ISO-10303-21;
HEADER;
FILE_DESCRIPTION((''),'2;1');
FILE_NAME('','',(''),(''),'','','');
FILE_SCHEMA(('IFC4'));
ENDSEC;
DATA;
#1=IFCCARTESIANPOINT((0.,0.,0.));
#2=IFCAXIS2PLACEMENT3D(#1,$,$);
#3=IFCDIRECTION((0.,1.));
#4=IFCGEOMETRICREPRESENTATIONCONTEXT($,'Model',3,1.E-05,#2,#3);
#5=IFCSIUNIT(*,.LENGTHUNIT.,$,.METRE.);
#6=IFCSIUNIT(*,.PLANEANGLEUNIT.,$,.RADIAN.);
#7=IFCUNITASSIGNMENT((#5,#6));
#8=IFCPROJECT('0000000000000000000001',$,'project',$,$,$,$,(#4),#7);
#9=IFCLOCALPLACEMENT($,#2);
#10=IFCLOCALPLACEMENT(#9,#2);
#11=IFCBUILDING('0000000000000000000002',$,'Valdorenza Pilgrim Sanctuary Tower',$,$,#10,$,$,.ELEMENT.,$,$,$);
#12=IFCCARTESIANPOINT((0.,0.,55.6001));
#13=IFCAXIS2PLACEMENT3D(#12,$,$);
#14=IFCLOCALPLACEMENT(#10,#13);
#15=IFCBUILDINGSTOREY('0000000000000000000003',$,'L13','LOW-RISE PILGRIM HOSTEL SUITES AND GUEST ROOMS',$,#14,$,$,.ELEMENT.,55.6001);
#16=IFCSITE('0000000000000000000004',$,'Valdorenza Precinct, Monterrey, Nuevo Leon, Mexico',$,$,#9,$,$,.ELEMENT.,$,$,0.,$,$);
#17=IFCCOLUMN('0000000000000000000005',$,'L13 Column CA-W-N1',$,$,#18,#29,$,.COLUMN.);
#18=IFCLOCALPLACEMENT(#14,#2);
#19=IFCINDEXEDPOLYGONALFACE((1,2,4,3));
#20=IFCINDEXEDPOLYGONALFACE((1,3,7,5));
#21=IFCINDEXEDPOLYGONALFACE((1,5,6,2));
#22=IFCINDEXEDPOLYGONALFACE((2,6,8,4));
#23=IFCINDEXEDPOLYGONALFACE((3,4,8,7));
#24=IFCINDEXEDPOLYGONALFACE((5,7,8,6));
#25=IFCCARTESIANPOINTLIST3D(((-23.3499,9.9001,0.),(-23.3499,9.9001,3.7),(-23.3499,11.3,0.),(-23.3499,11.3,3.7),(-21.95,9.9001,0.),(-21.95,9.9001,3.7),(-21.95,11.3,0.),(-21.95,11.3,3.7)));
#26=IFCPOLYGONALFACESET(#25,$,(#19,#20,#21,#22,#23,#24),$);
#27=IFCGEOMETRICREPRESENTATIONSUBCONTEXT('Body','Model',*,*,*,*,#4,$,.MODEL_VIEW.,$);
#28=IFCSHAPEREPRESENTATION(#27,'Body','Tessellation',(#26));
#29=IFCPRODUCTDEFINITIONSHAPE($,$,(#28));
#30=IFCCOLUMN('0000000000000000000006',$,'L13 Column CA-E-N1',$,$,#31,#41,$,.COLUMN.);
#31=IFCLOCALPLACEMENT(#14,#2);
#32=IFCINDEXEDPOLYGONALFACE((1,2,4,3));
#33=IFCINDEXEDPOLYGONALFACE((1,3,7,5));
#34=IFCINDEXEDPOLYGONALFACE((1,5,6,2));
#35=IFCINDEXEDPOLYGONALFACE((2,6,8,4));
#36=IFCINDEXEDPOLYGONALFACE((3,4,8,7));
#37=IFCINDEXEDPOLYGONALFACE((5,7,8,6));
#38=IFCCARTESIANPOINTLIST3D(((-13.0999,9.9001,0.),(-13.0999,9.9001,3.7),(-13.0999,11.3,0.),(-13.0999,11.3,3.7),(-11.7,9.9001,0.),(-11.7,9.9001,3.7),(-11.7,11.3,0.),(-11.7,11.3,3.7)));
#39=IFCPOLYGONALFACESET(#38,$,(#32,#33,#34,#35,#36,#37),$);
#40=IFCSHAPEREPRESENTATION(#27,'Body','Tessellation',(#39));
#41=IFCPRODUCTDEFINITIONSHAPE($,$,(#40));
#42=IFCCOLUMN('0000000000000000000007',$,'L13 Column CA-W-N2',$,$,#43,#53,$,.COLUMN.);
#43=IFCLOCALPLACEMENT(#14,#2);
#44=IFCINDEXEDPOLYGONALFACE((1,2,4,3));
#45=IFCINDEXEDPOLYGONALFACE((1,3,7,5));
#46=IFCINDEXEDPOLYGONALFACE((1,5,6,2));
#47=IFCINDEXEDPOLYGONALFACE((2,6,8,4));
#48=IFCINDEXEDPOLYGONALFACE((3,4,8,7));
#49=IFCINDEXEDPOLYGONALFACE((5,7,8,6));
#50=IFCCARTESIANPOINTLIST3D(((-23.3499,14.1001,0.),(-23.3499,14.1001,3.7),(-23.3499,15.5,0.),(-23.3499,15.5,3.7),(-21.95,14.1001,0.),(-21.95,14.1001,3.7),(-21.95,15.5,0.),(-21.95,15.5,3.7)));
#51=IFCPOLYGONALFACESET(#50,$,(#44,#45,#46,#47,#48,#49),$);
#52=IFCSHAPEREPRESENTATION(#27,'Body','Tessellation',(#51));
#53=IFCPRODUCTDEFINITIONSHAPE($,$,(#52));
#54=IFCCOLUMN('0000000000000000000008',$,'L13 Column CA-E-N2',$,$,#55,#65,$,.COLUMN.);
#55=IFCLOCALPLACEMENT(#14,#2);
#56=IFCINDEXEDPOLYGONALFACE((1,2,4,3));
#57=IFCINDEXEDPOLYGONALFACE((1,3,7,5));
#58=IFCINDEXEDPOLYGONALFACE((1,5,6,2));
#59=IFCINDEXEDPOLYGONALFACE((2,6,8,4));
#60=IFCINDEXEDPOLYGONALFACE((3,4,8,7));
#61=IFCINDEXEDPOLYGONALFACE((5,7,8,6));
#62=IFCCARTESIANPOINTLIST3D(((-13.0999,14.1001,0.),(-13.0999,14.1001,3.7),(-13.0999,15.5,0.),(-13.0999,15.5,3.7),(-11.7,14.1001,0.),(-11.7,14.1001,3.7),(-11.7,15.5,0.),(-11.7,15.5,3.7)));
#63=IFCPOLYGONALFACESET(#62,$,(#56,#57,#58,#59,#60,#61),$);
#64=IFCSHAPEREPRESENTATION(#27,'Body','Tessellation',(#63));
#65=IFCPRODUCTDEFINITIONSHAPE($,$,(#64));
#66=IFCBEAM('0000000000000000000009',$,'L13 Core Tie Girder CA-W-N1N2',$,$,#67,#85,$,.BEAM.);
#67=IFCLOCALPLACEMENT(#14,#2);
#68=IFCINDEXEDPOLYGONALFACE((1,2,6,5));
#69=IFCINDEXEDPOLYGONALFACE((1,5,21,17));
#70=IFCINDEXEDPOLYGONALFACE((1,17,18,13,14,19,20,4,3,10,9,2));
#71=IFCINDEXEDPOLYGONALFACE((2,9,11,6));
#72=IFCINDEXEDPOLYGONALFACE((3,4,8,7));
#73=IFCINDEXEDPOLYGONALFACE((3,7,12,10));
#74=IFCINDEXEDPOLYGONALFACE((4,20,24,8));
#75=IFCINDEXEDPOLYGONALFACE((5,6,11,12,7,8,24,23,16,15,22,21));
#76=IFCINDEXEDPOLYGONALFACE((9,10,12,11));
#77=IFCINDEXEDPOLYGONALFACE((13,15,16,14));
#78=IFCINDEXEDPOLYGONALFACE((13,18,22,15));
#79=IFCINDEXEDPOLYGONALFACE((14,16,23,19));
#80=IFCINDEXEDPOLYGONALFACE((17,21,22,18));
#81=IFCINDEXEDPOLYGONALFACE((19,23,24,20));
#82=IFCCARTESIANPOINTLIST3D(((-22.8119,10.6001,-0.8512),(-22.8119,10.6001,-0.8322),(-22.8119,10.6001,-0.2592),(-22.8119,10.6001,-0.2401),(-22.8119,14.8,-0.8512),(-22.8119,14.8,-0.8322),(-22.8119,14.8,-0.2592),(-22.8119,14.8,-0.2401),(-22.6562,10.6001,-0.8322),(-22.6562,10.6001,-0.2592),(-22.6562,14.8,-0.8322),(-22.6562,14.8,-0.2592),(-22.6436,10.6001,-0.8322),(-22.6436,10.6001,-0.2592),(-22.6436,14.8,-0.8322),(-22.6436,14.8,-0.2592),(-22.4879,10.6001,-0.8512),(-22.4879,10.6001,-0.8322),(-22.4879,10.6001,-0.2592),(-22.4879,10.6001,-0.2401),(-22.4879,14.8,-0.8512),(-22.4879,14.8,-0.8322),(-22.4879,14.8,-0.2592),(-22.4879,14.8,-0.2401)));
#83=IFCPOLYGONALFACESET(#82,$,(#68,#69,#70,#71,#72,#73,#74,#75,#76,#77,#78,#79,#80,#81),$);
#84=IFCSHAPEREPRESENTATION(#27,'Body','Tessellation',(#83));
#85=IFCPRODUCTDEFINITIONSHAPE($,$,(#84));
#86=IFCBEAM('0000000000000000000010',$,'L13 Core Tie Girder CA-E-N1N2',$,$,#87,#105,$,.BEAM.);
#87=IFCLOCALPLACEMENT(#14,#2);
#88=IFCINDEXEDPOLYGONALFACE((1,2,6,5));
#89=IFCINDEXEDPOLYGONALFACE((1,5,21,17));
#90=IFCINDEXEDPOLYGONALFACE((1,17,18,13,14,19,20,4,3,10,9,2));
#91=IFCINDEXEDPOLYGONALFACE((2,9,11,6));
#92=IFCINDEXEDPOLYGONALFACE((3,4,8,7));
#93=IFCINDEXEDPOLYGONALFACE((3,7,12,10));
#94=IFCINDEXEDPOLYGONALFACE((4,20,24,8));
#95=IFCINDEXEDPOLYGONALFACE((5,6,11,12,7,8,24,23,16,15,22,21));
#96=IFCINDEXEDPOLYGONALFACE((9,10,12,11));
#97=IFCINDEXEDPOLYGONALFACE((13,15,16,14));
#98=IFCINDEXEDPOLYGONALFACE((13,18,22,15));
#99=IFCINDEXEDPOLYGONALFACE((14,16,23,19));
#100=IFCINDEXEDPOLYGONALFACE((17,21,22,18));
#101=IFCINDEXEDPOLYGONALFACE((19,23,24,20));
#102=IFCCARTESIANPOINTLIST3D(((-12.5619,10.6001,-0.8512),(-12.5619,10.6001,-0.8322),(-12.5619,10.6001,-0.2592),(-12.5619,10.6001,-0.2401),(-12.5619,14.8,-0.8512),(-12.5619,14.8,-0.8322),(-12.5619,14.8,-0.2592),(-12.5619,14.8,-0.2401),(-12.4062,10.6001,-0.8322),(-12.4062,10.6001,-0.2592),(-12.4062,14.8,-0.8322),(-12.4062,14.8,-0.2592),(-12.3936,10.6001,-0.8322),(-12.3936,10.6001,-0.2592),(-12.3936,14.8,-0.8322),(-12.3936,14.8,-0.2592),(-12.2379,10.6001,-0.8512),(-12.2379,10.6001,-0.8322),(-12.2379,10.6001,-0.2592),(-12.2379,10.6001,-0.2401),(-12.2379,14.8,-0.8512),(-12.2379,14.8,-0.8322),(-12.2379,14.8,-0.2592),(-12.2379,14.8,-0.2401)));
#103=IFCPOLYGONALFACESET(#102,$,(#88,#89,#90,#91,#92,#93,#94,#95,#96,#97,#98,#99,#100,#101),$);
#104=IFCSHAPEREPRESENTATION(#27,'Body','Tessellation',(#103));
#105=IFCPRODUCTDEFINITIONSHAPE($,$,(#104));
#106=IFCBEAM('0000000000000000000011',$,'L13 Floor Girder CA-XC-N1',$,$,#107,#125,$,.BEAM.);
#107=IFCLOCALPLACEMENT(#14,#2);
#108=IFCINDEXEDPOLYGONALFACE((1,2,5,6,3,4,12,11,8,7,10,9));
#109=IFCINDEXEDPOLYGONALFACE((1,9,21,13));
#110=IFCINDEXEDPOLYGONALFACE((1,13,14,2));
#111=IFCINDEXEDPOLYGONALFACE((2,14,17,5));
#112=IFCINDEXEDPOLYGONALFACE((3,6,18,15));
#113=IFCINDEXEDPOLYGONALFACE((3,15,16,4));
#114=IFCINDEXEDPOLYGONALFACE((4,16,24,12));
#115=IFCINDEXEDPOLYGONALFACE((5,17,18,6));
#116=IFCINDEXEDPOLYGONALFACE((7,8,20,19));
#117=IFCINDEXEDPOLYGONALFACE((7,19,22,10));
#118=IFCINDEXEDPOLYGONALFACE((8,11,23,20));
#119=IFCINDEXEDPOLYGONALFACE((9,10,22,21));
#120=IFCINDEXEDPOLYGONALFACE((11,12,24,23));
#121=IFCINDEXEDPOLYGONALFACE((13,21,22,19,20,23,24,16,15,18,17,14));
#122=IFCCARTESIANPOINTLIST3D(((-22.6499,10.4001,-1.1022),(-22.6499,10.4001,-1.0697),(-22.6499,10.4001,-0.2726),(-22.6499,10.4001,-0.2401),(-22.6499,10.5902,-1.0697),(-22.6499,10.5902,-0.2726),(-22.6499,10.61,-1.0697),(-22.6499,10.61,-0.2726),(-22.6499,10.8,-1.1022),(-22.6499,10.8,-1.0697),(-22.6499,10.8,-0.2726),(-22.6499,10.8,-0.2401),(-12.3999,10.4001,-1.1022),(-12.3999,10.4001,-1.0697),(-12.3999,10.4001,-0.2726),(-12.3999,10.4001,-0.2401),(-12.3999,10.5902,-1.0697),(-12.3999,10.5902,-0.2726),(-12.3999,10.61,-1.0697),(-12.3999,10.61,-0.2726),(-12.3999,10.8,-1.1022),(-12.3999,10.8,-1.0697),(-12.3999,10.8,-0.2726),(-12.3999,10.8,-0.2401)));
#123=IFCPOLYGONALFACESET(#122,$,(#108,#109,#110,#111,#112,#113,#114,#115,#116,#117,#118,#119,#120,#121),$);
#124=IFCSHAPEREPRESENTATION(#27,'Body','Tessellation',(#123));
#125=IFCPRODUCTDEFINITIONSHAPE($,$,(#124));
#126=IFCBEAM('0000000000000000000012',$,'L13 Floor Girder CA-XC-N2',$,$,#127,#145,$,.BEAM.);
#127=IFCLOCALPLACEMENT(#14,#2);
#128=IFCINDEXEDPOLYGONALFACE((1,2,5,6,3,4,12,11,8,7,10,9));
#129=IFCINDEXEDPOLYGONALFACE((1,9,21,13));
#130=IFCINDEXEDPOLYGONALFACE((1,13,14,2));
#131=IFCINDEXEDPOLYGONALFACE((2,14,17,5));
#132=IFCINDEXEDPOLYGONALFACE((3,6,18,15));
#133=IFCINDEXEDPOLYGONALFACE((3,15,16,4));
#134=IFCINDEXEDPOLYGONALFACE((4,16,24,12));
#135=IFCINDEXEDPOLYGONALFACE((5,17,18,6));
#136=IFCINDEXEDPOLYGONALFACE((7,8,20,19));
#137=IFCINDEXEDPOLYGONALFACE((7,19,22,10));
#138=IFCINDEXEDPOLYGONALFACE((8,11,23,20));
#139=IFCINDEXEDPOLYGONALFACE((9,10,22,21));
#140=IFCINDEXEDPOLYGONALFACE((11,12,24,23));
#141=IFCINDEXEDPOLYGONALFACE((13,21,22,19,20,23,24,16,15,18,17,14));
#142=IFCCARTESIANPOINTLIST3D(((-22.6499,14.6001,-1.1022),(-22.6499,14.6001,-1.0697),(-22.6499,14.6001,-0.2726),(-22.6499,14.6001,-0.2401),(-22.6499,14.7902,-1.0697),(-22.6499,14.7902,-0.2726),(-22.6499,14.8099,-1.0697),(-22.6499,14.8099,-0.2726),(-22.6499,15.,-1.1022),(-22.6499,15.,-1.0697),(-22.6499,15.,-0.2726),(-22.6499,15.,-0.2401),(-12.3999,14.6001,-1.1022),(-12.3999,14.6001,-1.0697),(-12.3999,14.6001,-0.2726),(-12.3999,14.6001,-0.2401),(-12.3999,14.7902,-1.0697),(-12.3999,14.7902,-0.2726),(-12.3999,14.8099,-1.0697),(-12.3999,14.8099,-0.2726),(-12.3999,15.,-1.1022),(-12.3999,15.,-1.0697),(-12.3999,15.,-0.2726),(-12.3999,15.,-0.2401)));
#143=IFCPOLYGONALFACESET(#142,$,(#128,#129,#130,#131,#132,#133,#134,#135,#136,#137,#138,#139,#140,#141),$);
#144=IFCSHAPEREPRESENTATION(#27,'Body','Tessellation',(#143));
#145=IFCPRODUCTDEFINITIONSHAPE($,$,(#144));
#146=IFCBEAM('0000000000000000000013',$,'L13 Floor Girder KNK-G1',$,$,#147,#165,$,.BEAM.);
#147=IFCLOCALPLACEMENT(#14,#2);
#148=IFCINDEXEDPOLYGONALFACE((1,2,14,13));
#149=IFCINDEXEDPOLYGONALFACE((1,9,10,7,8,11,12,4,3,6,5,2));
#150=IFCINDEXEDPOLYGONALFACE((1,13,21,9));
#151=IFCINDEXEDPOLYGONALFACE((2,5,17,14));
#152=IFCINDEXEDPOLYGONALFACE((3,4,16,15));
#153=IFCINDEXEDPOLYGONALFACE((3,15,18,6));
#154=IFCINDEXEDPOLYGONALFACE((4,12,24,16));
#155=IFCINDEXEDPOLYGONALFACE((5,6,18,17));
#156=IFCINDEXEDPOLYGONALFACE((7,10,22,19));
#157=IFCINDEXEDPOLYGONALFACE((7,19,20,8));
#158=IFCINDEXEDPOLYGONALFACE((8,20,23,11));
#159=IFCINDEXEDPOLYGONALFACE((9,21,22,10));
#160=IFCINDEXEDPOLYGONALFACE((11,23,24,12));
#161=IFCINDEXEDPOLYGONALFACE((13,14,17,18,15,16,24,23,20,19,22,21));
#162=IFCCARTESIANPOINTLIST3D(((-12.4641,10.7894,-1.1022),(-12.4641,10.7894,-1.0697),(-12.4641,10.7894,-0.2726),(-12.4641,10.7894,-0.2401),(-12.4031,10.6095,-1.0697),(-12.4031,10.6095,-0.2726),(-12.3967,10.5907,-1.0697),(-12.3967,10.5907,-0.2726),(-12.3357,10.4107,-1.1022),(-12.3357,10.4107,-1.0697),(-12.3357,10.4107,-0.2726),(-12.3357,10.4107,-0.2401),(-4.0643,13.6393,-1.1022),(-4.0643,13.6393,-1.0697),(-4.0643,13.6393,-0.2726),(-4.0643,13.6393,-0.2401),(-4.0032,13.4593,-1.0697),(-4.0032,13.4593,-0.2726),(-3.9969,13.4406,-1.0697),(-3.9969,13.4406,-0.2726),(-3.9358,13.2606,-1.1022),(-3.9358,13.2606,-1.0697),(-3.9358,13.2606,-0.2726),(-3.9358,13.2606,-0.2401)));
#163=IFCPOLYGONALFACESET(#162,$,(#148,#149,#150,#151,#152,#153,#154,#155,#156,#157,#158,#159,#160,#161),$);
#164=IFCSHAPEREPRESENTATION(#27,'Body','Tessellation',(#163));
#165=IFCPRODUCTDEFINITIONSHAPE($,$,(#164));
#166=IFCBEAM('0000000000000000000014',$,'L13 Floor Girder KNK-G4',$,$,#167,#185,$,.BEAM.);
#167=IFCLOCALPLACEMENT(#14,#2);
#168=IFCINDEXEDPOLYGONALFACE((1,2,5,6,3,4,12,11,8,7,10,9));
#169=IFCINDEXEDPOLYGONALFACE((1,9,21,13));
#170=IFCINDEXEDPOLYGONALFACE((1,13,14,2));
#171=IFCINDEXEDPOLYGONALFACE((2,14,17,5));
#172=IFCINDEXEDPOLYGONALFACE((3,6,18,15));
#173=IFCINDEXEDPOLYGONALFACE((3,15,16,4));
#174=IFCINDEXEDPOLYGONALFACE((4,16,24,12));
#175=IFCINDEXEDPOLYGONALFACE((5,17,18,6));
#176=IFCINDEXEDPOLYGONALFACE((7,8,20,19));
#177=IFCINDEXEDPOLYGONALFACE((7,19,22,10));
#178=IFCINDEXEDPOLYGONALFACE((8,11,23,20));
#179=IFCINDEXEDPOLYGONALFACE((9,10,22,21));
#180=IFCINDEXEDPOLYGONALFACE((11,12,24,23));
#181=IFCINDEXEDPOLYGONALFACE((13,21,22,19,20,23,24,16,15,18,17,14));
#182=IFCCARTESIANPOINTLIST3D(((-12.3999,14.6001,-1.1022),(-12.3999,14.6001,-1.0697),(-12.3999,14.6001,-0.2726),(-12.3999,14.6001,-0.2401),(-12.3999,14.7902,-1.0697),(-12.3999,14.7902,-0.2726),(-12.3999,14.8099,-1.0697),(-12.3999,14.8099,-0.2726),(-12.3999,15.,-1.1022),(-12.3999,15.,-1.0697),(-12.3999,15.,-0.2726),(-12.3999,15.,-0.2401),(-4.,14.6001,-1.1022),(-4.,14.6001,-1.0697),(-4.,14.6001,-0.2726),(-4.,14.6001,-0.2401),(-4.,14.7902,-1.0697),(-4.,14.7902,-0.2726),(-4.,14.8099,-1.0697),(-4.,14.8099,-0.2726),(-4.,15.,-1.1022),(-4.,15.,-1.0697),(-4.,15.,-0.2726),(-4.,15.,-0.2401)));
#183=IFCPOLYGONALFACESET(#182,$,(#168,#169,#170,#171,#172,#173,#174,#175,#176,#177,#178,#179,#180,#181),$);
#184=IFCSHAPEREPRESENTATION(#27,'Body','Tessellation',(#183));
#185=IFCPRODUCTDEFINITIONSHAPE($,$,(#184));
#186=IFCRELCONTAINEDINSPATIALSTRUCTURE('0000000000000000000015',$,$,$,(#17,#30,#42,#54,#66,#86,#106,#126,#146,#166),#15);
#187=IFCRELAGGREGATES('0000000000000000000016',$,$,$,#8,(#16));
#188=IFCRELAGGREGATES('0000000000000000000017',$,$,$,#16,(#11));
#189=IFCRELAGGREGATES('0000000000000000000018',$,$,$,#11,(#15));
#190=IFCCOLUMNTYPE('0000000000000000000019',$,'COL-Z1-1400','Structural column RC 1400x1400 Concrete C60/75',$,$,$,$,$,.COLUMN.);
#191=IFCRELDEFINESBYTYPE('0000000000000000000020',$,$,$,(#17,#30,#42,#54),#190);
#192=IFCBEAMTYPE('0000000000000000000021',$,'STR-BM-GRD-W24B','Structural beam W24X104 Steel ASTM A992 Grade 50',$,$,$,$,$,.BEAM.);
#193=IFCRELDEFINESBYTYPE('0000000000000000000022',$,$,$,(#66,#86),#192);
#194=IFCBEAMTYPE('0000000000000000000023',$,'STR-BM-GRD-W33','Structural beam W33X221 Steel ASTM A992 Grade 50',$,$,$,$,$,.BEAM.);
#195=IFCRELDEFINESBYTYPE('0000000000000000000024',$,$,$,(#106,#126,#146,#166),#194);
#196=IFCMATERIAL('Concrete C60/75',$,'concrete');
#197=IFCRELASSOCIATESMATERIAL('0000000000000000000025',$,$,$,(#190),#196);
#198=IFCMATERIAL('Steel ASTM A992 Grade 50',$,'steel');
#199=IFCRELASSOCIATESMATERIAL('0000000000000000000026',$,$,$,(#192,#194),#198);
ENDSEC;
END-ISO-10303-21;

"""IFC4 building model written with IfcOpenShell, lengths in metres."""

from ifc_helpers import new_model, si_unit, direction, frame, origin, origin_2d, place, context, subcontext, project, spatial, rectangle, i_section, extrude, source, transform, mapped, material, material_profile, profile_set, type_object, element, save


model = new_model("IFC4")

# Units and contexts
model_context = context("Model", 3, precision=1e-05, world=origin(), true_north=direction((0.0, 1.0)))
body_context = subcontext(model_context, "Body", "Model", "MODEL_VIEW")
ifc_project = project(units=[si_unit("LENGTHUNIT", "METRE"), si_unit("PLANEANGLEUNIT", "RADIAN")], contexts=[model_context])

# Site, building, storey
site_placement = place(None, origin())
site = spatial("IfcSite", under=ifc_project, at=site_placement, Name="Valdorenza Precinct, Monterrey, Nuevo Leon, Mexico", CompositionType="ELEMENT", RefElevation=0.0)
building_placement = place(site_placement, origin())
building = spatial("IfcBuilding", under=site, at=building_placement, Name="Valdorenza Pilgrim Sanctuary Tower", CompositionType="ELEMENT")
storey_placement = place(building_placement, frame((0.0, 0.0, 55.6001)))
storey = spatial("IfcBuildingStorey", under=building, at=storey_placement, Name="L13", Description="LOW-RISE PILGRIM HOSTEL SUITES AND GUEST ROOMS", CompositionType="ELEMENT", Elevation=55.6001)

# Columns
ifc_material_1 = material(Name="Concrete C60/75", Category="concrete")
ifc_material_profile_1 = material_profile(ifc_material_1, rectangle(XDim=1.3999, YDim=1.3999, at=origin_2d()), Name="RC 1400x1400")
ifc_profile_set_1 = profile_set([ifc_material_profile_1], Name="Concrete C60/75")
column_type = type_object("IfcColumnType", Name="COL-Z1-1400", Description="Structural column RC 1400x1400 Concrete C60/75", PredefinedType="COLUMN", material=ifc_profile_set_1)
shared_shape_1 = source(origin(), body_context, "Body", "SweptSolid", [
    extrude(rectangle(XDim=1.3999, YDim=1.3999, at=origin_2d()), origin(), (0.0, 0.0, 1.0), 3.7),
])
for number, where, z_axis, x_axis, name in (
    (1, (-22.6499, 10.6001, 0.0), (0.0, 0.0, 1.0), (1.0, 0.0, 0.0), "L13 Column CA-W-N1"),
    (2, (-12.3999, 10.6001, 0.0), (0.0, 0.0, 1.0), (1.0, 0.0, 0.0), "L13 Column CA-E-N1"),
    (3, (-22.6499, 14.8, 0.0), (0.0, 0.0, 1.0), (1.0, 0.0, 0.0), "L13 Column CA-W-N2"),
    (4, (-12.3999, 14.8, 0.0), (0.0, 0.0, 1.0), (1.0, 0.0, 0.0), "L13 Column CA-E-N2"),
):
    element("IfcColumn", number, at=place(storey_placement, frame(where, z_axis=z_axis, x_axis=x_axis)), inside=storey, type_object=column_type, Name=name, PredefinedType="COLUMN", context=body_context, shape_type="MappedRepresentation", body=[
        mapped(shared_shape_1, transform((0.0, 0.0, 0.0), x_axis=(1.0, 0.0, 0.0), y_axis=(0.0, 1.0, 0.0), z_axis=(0.0, 0.0, 1.0), scale=1.0)),
    ])

# Beams
ifc_material_2 = material(Name="Steel ASTM A992 Grade 50", Category="steel")
ifc_material_profile_2 = material_profile(ifc_material_2, i_section(OverallWidth=0.324, OverallDepth=0.6111, WebThickness=0.0127, FlangeThickness=0.019, at=origin_2d()), Name="W24X104")
ifc_profile_set_2 = profile_set([ifc_material_profile_2], Name="Steel ASTM A992 Grade 50")
beam_type_1 = type_object("IfcBeamType", Name="STR-BM-GRD-W24B", Description="Structural beam W24X104 Steel ASTM A992 Grade 50", PredefinedType="BEAM", material=ifc_profile_set_2)
shared_shape_2 = source(origin(), body_context, "Body", "SweptSolid", [
    extrude(i_section(OverallWidth=0.324, OverallDepth=0.6111, WebThickness=0.0127, FlangeThickness=0.019, at=origin_2d()), origin(), (0.0, 0.0, 1.0), 4.2),
])
for number, where, z_axis, x_axis, name in (
    (5, (-22.6499, 10.6001, -0.5457), (0.0, 1.0, 0.0), (-1.0, 0.0, 0.0), "L13 Core Tie Girder CA-W-N1N2"),
    (6, (-12.3999, 10.6001, -0.5457), (0.0, 1.0, 0.0), (-1.0, 0.0, 0.0), "L13 Core Tie Girder CA-E-N1N2"),
):
    element("IfcBeam", number, at=place(storey_placement, frame(where, z_axis=z_axis, x_axis=x_axis)), inside=storey, type_object=beam_type_1, Name=name, PredefinedType="BEAM", context=body_context, shape_type="MappedRepresentation", body=[
        mapped(shared_shape_2, transform((0.0, 0.0, 0.0), x_axis=(1.0, 0.0, 0.0), y_axis=(0.0, 1.0, 0.0), z_axis=(0.0, 0.0, 1.0), scale=1.0)),
    ])
ifc_material_profile_3 = material_profile(ifc_material_2, i_section(OverallWidth=0.3999, OverallDepth=0.8621, WebThickness=0.0198, FlangeThickness=0.0325, at=origin_2d()), Name="W33X221")
ifc_profile_set_3 = profile_set([ifc_material_profile_3], Name="Steel ASTM A992 Grade 50")
beam_type_2 = type_object("IfcBeamType", Name="STR-BM-GRD-W33", Description="Structural beam W33X221 Steel ASTM A992 Grade 50", PredefinedType="BEAM", material=ifc_profile_set_3)
shared_shape_3 = source(origin(), body_context, "Body", "SweptSolid", [
    extrude(i_section(OverallWidth=0.3999, OverallDepth=0.8621, WebThickness=0.0198, FlangeThickness=0.0325, at=origin_2d()), origin(), (0.0, 0.0, 1.0), 10.25),
])
for number, where, z_axis, x_axis, name in (
    (7, (-22.6499, 10.6001, -0.6711), (1.0, 0.0, 0.0), (0.0, 1.0, 0.0), "L13 Floor Girder CA-XC-N1"),
    (8, (-22.6499, 14.8, -0.6711), (1.0, 0.0, 0.0), (0.0, 1.0, 0.0), "L13 Floor Girder CA-XC-N2"),
):
    element("IfcBeam", number, at=place(storey_placement, frame(where, z_axis=z_axis, x_axis=x_axis)), inside=storey, type_object=beam_type_2, Name=name, PredefinedType="BEAM", context=body_context, shape_type="MappedRepresentation", body=[
        mapped(shared_shape_3, transform((0.0, 0.0, 0.0), x_axis=(1.0, 0.0, 0.0), y_axis=(0.0, 1.0, 0.0), z_axis=(0.0, 0.0, 1.0), scale=1.0)),
    ])
shared_shape_4 = source(origin(), body_context, "Body", "SweptSolid", [
    extrude(i_section(OverallWidth=0.3999, OverallDepth=0.8621, WebThickness=0.0198, FlangeThickness=0.0325, at=origin_2d()), origin(), (0.0, 0.0, 1.0), 8.8701),
])
beam_1_placement = place(storey_placement, frame((-12.3999, 10.6001, -0.6711), z_axis=(0.946983, 0.321285, 0.0), x_axis=(-0.321285, 0.946983, 0.0)))
element("IfcBeam", 9, at=beam_1_placement, inside=storey, type_object=beam_type_2, Name="L13 Floor Girder KNK-G1", PredefinedType="BEAM", context=body_context, shape_type="MappedRepresentation", body=[
    mapped(shared_shape_4, transform((0.0, 0.0, 0.0), x_axis=(1.0, 0.0, 0.0), y_axis=(0.0, 1.0, 0.0), z_axis=(0.0, 0.0, 1.0), scale=1.0)),
])
shared_shape_5 = source(origin(), body_context, "Body", "SweptSolid", [
    extrude(i_section(OverallWidth=0.3999, OverallDepth=0.8621, WebThickness=0.0198, FlangeThickness=0.0325, at=origin_2d()), origin(), (0.0, 0.0, 1.0), 8.3999),
])
beam_2_placement = place(storey_placement, frame((-12.3999, 14.8, -0.6711), z_axis=(1.0, 0.0, 0.0), x_axis=(0.0, 1.0, 0.0)))
element("IfcBeam", 10, at=beam_2_placement, inside=storey, type_object=beam_type_2, Name="L13 Floor Girder KNK-G4", PredefinedType="BEAM", context=body_context, shape_type="MappedRepresentation", body=[
    mapped(shared_shape_5, transform((0.0, 0.0, 0.0), x_axis=(1.0, 0.0, 0.0), y_axis=(0.0, 1.0, 0.0), z_axis=(0.0, 0.0, 1.0), scale=1.0)),
])

save(model, "model.ifc")
